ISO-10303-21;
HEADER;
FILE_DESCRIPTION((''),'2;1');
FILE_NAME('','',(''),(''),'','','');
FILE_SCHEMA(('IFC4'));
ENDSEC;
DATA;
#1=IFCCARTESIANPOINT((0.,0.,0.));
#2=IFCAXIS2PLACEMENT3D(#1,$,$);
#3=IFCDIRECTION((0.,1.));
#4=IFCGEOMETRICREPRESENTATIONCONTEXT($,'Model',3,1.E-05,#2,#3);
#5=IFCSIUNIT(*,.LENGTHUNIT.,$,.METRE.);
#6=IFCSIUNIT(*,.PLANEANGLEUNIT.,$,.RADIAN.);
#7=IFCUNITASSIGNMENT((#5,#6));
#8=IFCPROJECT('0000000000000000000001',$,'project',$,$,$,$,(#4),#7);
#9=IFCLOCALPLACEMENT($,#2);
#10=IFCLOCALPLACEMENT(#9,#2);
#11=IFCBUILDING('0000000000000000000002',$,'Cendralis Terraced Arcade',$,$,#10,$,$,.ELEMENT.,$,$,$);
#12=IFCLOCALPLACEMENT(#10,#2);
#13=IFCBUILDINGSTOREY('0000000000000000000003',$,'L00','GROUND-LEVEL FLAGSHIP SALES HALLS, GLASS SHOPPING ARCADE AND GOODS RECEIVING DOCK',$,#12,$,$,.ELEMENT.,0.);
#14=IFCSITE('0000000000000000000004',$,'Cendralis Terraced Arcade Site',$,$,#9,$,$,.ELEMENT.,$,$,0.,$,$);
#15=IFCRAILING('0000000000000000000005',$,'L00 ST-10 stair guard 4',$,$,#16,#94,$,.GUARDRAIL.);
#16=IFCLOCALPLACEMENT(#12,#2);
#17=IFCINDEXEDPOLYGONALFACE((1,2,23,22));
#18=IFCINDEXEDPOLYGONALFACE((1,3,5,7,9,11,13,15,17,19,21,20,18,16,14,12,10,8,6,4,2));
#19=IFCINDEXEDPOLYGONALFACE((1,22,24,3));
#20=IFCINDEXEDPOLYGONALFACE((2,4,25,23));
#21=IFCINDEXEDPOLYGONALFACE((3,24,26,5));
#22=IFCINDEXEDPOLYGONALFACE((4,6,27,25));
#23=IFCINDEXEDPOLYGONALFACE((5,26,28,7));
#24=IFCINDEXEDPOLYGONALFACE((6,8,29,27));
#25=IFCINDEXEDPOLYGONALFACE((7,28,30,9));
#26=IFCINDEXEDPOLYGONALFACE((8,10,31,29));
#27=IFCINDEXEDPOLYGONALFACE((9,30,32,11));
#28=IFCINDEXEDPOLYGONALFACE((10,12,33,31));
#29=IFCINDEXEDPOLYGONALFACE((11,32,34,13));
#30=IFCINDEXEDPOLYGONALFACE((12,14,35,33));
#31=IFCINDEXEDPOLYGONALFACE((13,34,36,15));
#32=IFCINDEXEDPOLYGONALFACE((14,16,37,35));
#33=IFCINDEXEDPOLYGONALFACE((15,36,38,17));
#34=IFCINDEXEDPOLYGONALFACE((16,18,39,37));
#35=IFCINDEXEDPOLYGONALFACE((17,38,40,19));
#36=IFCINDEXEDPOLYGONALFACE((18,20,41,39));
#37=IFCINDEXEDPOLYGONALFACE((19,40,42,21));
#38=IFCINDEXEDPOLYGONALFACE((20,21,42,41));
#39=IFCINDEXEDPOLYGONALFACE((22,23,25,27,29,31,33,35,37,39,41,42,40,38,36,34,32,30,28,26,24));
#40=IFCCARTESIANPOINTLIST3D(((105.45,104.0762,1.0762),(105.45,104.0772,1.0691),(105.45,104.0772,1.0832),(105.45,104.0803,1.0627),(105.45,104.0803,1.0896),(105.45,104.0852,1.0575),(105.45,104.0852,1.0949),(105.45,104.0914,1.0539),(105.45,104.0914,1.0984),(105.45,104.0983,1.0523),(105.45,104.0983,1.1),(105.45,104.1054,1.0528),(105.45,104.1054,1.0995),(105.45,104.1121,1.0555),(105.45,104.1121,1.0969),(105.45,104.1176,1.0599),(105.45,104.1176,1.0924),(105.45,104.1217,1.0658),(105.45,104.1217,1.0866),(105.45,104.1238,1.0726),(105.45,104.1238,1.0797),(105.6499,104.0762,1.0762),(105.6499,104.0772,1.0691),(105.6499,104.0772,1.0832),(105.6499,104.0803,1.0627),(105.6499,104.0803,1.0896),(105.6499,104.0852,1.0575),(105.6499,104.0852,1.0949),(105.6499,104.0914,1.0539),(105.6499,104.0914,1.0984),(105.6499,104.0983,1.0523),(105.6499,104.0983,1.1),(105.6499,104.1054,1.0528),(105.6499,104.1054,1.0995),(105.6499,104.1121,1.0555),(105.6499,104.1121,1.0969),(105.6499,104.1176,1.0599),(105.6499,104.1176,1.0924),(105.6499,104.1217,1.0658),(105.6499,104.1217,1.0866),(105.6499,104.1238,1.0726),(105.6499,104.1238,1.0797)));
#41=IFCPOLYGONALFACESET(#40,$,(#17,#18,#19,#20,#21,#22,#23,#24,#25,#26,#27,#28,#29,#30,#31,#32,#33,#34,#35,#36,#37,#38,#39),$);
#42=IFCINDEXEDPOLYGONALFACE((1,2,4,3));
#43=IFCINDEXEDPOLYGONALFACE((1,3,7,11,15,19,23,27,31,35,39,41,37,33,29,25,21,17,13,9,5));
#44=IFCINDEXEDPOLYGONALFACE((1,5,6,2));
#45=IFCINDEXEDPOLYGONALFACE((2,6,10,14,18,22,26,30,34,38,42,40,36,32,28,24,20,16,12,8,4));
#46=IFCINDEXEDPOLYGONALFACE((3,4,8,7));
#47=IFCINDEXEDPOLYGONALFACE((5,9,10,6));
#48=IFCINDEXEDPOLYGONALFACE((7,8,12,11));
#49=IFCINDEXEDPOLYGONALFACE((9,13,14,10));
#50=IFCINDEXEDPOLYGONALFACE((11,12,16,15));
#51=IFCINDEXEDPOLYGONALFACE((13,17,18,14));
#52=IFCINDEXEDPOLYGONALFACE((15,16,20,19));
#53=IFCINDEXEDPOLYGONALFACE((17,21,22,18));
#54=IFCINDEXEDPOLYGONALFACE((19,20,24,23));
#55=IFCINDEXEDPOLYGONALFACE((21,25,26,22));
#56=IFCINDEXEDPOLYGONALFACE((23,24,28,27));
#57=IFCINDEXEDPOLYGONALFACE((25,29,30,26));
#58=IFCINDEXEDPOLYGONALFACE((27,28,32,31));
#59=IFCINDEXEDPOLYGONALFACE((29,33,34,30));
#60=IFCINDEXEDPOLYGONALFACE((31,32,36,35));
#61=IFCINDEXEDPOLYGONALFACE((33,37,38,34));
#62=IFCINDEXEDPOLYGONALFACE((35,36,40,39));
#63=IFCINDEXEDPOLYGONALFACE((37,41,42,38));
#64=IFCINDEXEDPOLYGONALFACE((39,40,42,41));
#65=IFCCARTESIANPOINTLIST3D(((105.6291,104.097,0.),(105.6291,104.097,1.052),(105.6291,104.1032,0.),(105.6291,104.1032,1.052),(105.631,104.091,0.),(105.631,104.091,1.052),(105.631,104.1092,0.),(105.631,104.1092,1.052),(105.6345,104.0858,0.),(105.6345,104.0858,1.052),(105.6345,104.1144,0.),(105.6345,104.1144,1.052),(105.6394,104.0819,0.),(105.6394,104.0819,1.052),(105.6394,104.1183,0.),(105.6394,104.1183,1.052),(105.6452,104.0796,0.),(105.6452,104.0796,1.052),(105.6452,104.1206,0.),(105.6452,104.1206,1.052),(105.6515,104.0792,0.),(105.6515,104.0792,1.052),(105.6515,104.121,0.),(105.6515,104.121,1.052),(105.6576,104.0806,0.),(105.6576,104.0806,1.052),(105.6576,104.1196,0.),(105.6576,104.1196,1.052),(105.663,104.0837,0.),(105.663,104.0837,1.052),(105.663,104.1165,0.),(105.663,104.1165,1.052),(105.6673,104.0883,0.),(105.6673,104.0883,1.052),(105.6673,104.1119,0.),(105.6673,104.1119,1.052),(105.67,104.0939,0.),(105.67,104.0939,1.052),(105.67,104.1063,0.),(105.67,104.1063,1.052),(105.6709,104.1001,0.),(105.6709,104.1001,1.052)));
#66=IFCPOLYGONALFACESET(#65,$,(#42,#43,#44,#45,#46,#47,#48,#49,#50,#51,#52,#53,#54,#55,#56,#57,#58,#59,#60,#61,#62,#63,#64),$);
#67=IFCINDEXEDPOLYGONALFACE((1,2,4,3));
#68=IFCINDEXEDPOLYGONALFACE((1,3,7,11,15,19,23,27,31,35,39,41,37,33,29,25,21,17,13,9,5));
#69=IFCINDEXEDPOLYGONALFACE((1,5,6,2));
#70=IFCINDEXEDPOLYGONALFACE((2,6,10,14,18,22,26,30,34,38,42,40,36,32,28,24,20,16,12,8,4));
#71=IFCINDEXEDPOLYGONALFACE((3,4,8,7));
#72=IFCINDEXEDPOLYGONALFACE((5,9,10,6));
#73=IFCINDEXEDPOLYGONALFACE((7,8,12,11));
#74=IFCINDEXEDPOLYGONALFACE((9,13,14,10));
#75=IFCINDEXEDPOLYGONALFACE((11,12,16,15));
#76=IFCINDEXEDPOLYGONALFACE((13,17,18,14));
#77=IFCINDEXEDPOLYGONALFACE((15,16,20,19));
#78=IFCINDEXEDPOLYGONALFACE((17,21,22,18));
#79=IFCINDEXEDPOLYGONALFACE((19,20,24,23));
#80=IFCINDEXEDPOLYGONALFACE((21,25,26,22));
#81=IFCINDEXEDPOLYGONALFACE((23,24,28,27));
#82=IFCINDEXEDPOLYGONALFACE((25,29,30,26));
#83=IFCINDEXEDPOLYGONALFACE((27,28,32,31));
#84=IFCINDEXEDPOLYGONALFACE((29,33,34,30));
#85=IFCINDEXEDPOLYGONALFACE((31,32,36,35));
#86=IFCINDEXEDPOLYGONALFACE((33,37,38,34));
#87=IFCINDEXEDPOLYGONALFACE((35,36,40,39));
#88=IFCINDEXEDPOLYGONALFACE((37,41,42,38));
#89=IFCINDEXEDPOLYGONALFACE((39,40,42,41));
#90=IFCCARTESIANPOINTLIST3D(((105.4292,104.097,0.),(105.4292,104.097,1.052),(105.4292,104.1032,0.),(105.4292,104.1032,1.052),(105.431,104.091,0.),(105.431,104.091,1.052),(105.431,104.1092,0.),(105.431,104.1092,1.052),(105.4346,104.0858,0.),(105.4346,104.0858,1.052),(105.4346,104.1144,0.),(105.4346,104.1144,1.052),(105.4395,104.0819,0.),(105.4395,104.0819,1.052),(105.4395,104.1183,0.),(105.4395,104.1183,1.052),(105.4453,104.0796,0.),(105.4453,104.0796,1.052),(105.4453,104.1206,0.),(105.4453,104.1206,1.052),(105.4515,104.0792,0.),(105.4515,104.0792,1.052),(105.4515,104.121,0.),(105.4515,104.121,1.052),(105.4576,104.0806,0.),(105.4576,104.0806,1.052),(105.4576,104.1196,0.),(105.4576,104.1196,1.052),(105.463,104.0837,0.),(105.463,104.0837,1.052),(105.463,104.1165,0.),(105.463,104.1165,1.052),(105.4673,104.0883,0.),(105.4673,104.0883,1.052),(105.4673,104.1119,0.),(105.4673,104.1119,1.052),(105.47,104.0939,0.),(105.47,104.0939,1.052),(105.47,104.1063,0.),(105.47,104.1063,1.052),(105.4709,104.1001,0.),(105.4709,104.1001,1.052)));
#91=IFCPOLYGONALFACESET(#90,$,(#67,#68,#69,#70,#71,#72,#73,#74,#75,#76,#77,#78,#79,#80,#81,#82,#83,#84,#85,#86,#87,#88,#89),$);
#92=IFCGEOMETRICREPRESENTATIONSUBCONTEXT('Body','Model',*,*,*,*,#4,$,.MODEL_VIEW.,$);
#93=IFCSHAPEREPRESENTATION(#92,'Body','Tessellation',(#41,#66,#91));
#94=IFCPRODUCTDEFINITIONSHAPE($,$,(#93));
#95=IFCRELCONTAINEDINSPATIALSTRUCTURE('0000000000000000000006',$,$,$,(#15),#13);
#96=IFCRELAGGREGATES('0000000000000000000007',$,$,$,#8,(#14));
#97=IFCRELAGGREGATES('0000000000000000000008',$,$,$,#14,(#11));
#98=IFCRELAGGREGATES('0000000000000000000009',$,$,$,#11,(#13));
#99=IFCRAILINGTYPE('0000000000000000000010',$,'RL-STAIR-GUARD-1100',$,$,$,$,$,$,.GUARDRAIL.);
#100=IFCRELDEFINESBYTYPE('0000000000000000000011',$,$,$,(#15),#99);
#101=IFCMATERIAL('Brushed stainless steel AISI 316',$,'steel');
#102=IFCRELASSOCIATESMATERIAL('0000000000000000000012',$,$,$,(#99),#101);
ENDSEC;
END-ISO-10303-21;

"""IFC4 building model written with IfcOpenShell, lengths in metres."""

from ifc_helpers import new_model, si_unit, direction, frame, origin, origin_2d, place, context, subcontext, project, spatial, circle, extrude, material, type_object, element, save


model = new_model("IFC4")

# Units and contexts
model_context = context("Model", 3, precision=1e-05, world=origin(), true_north=direction((0.0, 1.0)))
body_context = subcontext(model_context, "Body", "Model", "MODEL_VIEW")
ifc_project = project(units=[si_unit("LENGTHUNIT", "METRE"), si_unit("PLANEANGLEUNIT", "RADIAN")], contexts=[model_context])

# Site, building, storey
site_placement = place(None, origin())
site = spatial("IfcSite", under=ifc_project, at=site_placement, Name="Cendralis Terraced Arcade Site", CompositionType="ELEMENT", RefElevation=0.0)
building_placement = place(site_placement, origin())
building = spatial("IfcBuilding", under=site, at=building_placement, Name="Cendralis Terraced Arcade", CompositionType="ELEMENT")
storey_placement = place(building_placement, origin())
storey = spatial("IfcBuildingStorey", under=building, at=storey_placement, Name="L00", Description="GROUND-LEVEL FLAGSHIP SALES HALLS, GLASS SHOPPING ARCADE AND GOODS RECEIVING DOCK", CompositionType="ELEMENT", Elevation=0.0)

# Railing
ifc_material_1 = material(Name="Brushed stainless steel AISI 316", Category="steel")
railing_type_1 = type_object("IfcRailingType", Name="RL-STAIR-GUARD-1100", PredefinedType="GUARDRAIL", material=ifc_material_1)
railing_1_placement = place(storey_placement, frame((105.6499, 104.1001, 0.0)))
element("IfcRailing", 1, at=railing_1_placement, inside=storey, type_object=railing_type_1, Name="L00 ST-10 stair guard 4", PredefinedType="GUARDRAIL", context=body_context, shape_type="SweptSolid", body=[
    extrude(circle(Radius=0.0239, at=origin_2d()), frame((0.0, 0.0, 1.0762), z_axis=(-1.0, 0.0, 0.0), x_axis=(0.0, -1.0, 0.0)), (0.0, 0.0, 1.0), 0.2),
    extrude(circle(Radius=0.021, at=origin_2d()), origin(), (0.0, 0.0, 1.0), 1.052),
    extrude(circle(Radius=0.021, at=origin_2d()), frame((-0.2, 0.0, 0.0)), (0.0, 0.0, 1.0), 1.052),
])

save(model, "model.ifc")
